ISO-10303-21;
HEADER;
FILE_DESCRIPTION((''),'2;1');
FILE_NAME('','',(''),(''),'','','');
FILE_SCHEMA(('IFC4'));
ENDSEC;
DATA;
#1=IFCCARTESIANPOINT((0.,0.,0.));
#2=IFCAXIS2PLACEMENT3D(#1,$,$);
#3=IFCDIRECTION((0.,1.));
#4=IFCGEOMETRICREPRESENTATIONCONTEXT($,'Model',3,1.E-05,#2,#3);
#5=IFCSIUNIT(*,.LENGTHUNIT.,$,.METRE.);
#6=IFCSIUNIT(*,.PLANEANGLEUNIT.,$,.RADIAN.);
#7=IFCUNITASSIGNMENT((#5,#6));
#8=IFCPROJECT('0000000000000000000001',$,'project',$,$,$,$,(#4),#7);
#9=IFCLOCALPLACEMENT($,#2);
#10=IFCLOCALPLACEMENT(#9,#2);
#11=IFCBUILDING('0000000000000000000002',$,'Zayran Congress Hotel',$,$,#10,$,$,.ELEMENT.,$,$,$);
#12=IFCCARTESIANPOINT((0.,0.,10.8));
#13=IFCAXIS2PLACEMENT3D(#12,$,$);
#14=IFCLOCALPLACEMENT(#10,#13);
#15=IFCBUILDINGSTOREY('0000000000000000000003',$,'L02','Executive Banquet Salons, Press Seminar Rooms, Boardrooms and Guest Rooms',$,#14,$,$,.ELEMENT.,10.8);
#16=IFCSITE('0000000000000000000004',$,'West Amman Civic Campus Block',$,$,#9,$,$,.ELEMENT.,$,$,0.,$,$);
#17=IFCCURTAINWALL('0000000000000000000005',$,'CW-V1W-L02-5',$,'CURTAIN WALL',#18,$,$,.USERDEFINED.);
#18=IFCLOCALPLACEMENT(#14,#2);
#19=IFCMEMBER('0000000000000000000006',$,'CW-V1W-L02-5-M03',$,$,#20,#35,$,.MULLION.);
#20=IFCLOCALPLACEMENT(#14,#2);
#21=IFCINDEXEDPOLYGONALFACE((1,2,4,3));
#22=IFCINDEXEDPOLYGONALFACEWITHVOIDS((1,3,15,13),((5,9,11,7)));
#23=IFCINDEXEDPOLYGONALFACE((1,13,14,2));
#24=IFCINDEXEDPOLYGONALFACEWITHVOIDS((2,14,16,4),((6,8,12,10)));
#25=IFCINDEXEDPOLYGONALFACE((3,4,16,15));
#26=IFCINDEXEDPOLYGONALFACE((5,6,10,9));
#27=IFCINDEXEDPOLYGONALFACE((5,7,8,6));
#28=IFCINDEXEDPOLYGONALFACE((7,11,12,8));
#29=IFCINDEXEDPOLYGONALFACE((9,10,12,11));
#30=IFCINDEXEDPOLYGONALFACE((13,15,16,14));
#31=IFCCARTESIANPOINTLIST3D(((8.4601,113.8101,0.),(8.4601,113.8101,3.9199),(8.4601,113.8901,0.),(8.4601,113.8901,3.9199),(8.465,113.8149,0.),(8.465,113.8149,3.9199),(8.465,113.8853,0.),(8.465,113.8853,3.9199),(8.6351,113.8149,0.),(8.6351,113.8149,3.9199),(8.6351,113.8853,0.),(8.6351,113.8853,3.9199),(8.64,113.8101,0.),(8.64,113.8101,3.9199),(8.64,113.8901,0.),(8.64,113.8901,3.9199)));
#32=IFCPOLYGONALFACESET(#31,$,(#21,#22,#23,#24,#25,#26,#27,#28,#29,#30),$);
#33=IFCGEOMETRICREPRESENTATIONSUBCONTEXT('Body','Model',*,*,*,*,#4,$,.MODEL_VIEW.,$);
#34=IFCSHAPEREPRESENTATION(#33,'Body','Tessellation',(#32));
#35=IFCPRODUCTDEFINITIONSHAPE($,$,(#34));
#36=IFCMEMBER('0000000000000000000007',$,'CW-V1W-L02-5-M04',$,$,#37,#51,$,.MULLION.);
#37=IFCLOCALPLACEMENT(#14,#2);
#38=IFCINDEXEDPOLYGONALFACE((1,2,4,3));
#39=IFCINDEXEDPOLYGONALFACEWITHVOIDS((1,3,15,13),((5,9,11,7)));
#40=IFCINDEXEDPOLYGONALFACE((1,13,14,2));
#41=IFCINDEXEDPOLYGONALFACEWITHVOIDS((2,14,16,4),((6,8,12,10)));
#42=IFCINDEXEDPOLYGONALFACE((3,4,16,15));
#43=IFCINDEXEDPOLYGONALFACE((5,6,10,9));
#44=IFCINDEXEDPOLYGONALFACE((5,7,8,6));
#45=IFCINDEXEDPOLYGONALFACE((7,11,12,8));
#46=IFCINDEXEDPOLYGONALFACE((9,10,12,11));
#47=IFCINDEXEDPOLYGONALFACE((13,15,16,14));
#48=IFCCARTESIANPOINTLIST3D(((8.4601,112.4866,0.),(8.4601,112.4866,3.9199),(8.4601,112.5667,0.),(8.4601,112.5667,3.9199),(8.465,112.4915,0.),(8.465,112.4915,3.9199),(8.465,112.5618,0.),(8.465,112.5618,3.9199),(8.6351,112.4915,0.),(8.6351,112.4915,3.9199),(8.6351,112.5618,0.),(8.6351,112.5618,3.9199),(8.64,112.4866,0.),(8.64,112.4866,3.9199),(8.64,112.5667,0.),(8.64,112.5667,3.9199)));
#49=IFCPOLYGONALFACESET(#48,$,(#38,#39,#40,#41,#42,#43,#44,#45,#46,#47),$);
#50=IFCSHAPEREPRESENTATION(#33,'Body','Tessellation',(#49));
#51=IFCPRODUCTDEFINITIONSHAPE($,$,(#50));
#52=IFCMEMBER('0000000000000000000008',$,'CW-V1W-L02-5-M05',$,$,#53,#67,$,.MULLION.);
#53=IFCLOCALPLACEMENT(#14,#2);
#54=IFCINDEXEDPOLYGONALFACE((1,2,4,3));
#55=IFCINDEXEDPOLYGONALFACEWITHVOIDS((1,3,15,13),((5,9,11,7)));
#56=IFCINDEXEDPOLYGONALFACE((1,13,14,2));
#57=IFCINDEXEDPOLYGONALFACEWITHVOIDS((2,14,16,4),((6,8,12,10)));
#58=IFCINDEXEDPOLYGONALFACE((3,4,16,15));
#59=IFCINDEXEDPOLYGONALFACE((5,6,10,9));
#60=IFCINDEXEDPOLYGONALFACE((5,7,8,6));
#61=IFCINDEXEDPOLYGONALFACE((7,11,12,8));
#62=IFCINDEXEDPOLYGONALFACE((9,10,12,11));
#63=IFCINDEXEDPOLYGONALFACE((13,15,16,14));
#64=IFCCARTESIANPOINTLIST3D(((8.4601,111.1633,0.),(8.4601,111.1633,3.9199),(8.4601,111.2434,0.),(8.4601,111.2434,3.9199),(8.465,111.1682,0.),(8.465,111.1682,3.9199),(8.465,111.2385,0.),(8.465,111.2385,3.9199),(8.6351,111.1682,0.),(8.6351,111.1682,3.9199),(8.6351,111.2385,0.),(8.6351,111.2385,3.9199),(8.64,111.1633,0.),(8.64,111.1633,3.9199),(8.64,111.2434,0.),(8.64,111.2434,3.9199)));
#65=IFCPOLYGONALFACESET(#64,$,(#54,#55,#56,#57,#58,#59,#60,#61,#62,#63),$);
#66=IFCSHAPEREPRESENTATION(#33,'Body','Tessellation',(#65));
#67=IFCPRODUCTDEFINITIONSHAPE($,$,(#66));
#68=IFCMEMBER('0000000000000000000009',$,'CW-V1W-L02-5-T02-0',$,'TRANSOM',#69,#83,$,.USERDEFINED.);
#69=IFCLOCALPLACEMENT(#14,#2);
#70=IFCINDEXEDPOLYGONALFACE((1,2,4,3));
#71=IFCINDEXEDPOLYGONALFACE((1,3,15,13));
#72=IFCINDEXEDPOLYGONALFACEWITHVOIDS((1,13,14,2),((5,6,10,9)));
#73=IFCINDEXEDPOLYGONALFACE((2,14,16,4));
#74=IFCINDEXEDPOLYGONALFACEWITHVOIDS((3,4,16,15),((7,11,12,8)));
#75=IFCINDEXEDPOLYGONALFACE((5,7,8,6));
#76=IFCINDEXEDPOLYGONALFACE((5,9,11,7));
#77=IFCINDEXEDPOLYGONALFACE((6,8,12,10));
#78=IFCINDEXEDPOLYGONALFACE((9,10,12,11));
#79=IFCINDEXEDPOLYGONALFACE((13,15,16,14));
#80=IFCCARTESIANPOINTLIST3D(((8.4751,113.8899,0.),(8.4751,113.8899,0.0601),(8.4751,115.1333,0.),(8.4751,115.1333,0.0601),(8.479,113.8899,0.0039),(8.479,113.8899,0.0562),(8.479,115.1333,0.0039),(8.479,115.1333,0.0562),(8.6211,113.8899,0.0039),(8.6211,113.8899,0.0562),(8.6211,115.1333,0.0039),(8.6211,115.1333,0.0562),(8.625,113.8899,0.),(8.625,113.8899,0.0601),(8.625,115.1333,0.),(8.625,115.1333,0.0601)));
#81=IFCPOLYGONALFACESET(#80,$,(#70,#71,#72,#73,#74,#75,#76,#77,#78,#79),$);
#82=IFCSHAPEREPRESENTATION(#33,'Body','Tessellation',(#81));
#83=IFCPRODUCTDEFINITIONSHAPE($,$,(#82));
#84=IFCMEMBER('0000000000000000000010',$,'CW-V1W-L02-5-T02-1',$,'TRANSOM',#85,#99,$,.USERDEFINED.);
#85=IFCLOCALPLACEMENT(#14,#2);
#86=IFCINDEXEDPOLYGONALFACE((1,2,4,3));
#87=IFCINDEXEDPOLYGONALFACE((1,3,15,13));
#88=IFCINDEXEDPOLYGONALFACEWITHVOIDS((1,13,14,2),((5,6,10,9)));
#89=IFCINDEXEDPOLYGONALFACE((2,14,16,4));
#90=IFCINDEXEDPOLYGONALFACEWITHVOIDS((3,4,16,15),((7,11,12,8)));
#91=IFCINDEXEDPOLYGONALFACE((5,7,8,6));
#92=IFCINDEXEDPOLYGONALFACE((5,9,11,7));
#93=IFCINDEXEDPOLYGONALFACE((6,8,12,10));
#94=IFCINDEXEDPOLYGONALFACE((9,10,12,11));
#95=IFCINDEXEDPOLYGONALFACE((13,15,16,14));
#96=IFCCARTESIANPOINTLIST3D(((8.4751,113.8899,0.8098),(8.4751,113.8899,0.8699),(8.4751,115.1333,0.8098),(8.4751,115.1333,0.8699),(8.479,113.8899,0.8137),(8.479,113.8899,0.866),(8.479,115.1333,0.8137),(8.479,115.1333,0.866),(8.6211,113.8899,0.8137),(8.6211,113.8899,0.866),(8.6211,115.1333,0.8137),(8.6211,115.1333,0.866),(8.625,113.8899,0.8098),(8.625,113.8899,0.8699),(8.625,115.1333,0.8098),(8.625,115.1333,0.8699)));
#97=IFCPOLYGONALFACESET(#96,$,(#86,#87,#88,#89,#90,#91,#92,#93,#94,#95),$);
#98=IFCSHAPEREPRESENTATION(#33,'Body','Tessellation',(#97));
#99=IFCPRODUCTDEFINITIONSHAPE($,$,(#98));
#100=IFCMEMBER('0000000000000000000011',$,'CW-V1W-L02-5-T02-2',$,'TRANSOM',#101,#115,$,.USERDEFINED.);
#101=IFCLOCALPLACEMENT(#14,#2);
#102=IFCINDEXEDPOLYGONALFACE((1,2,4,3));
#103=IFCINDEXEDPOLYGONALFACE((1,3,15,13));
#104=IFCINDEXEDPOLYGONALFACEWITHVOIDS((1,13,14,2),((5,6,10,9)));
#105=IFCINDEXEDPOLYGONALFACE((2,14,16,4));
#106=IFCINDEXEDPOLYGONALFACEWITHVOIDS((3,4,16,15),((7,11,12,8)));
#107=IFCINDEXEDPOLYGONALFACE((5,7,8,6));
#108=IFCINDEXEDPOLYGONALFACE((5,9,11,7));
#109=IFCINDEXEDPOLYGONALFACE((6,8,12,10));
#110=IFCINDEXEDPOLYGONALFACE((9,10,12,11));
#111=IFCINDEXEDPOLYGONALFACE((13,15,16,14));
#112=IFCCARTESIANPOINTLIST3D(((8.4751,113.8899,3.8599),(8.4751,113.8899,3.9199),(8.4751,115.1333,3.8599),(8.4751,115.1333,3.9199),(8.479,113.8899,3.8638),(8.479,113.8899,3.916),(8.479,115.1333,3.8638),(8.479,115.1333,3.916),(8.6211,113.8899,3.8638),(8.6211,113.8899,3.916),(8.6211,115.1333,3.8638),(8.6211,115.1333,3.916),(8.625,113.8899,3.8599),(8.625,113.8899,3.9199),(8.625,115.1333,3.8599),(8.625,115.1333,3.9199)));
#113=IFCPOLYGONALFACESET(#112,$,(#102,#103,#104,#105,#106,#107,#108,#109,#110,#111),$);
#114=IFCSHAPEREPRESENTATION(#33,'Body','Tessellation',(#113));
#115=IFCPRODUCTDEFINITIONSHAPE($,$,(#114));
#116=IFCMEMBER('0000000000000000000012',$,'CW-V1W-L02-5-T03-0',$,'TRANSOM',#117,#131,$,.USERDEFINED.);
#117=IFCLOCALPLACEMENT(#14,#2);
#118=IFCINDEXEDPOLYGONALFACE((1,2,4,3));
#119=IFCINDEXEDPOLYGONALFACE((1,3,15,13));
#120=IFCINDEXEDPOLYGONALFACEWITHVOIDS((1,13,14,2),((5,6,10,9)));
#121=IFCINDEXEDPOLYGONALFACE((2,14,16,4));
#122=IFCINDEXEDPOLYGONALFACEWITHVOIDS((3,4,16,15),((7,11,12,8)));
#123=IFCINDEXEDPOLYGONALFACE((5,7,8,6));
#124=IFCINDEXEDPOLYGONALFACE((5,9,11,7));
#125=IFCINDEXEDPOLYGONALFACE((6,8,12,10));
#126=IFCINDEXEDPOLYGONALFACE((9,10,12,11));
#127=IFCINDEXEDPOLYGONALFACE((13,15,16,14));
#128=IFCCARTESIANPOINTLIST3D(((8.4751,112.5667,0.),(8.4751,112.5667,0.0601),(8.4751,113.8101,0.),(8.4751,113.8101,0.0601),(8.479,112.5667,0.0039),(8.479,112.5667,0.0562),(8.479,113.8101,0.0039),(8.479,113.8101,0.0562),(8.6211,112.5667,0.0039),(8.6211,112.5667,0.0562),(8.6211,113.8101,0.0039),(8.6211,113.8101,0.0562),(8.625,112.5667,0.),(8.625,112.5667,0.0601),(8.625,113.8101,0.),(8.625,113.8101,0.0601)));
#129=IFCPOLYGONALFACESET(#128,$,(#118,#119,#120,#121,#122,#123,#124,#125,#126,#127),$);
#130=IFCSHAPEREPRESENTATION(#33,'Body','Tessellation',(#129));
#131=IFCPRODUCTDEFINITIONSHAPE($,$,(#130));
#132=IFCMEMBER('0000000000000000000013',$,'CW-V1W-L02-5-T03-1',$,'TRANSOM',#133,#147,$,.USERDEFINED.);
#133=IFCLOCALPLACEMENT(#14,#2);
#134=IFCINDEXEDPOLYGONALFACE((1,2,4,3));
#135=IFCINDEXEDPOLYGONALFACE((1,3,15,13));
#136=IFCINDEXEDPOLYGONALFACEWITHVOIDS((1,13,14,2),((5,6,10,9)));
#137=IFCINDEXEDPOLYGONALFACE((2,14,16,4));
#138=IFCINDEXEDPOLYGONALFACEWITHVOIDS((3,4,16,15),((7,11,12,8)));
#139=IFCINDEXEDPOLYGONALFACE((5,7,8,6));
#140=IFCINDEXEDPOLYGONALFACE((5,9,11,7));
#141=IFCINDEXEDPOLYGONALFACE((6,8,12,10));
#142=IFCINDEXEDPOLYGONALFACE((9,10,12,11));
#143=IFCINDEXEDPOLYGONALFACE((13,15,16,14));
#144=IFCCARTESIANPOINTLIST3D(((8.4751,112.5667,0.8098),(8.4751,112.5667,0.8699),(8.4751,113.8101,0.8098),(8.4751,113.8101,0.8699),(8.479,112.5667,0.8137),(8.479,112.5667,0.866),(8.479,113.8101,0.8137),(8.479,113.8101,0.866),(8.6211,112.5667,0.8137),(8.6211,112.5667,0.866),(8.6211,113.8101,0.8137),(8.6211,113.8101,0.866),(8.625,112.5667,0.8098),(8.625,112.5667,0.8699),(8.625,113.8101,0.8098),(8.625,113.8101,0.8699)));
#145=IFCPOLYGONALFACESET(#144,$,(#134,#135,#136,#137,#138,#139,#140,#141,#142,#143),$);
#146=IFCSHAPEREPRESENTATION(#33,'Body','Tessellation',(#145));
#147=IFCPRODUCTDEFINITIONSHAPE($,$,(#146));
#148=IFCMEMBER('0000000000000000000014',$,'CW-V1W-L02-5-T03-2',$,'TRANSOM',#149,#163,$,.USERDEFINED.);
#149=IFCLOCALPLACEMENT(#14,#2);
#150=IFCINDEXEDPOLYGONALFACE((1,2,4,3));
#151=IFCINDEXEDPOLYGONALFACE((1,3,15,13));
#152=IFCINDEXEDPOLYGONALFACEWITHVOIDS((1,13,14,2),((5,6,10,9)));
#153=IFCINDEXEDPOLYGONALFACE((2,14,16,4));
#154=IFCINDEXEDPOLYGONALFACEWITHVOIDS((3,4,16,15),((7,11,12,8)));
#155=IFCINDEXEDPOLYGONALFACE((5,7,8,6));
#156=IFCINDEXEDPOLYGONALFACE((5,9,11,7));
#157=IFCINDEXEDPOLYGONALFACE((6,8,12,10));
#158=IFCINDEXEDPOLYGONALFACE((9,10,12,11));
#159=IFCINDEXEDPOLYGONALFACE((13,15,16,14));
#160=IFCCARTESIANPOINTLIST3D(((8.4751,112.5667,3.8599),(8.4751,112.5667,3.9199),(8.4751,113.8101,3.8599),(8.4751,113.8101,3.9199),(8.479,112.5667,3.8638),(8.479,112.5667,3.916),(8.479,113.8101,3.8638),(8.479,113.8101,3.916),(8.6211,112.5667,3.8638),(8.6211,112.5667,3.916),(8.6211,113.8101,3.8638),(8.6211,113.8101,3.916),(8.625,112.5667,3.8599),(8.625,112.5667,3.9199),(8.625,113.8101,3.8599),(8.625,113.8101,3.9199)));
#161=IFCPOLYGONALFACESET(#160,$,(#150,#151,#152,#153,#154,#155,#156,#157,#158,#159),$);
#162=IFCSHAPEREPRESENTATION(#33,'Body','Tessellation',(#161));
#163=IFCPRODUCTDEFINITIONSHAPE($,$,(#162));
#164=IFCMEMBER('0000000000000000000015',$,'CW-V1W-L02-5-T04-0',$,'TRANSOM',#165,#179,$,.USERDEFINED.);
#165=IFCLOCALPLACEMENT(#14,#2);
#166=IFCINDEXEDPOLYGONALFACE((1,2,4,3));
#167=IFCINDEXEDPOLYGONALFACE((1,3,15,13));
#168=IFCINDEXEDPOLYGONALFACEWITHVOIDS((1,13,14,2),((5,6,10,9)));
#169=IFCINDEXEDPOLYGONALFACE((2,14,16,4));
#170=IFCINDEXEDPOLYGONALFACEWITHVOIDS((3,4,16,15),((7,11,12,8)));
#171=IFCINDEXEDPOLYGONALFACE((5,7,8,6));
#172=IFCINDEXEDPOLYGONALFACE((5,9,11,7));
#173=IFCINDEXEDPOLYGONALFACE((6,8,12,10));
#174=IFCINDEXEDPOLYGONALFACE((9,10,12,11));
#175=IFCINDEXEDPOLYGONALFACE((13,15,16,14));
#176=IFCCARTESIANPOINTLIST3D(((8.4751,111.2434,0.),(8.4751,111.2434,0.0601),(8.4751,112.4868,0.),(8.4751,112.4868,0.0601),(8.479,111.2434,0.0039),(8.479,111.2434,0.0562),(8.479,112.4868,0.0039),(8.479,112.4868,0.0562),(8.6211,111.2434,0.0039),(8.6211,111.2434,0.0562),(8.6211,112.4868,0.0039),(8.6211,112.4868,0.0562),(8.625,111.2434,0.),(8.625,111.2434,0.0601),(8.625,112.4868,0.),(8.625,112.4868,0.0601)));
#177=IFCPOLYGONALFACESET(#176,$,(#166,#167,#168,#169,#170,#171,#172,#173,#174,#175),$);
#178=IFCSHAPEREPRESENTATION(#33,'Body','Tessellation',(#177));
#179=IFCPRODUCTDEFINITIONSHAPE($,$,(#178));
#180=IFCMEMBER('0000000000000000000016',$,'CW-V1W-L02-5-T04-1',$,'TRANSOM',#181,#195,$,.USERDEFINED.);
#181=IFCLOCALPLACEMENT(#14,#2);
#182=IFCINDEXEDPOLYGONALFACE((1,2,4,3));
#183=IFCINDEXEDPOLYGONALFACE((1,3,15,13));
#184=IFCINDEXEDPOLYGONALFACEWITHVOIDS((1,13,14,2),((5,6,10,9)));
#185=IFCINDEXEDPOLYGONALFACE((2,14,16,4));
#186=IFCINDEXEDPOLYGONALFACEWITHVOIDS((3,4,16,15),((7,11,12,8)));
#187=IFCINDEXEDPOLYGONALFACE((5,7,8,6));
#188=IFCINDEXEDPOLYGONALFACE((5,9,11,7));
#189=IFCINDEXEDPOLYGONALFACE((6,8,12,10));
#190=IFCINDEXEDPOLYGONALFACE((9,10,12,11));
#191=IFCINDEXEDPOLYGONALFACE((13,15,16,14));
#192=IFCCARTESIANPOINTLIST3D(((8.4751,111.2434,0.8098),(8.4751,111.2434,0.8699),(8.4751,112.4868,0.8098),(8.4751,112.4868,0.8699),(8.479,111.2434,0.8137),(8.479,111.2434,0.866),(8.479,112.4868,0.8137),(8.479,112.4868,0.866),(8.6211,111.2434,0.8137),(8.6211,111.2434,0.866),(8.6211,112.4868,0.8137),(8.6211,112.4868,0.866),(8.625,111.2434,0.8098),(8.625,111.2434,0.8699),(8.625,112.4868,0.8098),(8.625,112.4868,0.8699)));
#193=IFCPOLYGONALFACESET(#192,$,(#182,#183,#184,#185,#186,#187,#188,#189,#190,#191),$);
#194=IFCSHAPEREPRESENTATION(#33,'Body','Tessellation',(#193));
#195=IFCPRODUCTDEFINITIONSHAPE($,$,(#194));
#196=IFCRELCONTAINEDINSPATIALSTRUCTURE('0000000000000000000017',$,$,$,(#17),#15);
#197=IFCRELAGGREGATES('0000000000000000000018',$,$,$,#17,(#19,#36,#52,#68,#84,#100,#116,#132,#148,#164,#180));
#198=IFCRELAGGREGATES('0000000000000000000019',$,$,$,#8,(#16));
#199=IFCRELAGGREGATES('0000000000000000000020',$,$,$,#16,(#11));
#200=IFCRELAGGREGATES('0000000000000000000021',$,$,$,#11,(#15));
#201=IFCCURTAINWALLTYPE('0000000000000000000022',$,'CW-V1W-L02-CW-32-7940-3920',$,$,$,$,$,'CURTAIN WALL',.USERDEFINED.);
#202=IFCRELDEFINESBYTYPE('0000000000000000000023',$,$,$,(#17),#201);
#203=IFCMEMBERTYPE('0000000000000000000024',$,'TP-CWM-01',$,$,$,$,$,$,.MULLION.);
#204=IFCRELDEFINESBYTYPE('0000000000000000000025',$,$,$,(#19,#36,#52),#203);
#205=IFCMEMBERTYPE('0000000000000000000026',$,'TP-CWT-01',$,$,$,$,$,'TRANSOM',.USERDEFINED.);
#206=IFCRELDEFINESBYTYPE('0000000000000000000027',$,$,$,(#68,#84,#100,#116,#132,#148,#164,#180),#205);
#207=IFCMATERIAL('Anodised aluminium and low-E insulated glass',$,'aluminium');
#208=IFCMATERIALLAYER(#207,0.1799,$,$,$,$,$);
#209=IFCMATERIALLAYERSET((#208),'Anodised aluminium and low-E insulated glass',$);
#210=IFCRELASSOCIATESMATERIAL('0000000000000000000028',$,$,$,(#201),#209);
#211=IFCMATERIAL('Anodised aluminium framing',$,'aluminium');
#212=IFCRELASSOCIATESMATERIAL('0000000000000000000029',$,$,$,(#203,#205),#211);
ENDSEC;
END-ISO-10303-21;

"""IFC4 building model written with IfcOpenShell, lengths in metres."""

from ifc_helpers import new_model, si_unit, direction, frame, origin, origin_2d, place, context, subcontext, project, spatial, hollow_rectangle, extrude, material, layer, layer_set, material_profile, profile_set, type_object, element, aggregate, save


model = new_model("IFC4")

# Units and contexts
model_context = context("Model", 3, precision=1e-05, world=origin(), true_north=direction((0.0, 1.0)))
body_context = subcontext(model_context, "Body", "Model", "MODEL_VIEW")
ifc_project = project(units=[si_unit("LENGTHUNIT", "METRE"), si_unit("PLANEANGLEUNIT", "RADIAN")], contexts=[model_context])

# Site, building, storey
site_placement = place(None, origin())
site = spatial("IfcSite", under=ifc_project, at=site_placement, Name="West Amman Civic Campus Block", CompositionType="ELEMENT", RefElevation=0.0)
building_placement = place(site_placement, origin())
building = spatial("IfcBuilding", under=site, at=building_placement, Name="Zayran Congress Hotel", CompositionType="ELEMENT")
storey_placement = place(building_placement, frame((0.0, 0.0, 10.8)))
storey = spatial("IfcBuildingStorey", under=building, at=storey_placement, Name="L02", Description="Executive Banquet Salons, Press Seminar Rooms, Boardrooms and Guest Rooms", CompositionType="ELEMENT", Elevation=10.8)

# Curtain wall, members
ifc_material_1 = material(Name="Anodised aluminium and low-E insulated glass", Category="aluminium")
ifc_layer_1 = layer(ifc_material_1, 0.1799)
ifc_layer_set_1 = layer_set([ifc_layer_1], Name="Anodised aluminium and low-E insulated glass")
curtain_wall_type = type_object("IfcCurtainWallType", Name="CW-V1W-L02-CW-32-7940-3920", ElementType="CURTAIN WALL", PredefinedType="USERDEFINED", material=ifc_layer_set_1)
curtain_wall_placement = place(storey_placement, origin())
curtain_wall = element("IfcCurtainWall", 1, at=curtain_wall_placement, inside=storey, type_object=curtain_wall_type, Name="CW-V1W-L02-5", ObjectType="CURTAIN WALL", PredefinedType="USERDEFINED")
ifc_material_2 = material(Name="Anodised aluminium framing", Category="aluminium")
ifc_material_profile_1 = material_profile(ifc_material_2, hollow_rectangle(XDim=0.0801, YDim=0.1799, WallThickness=0.0049, at=origin_2d()), Name="RHS 180x80x5")
ifc_profile_set_1 = profile_set([ifc_material_profile_1], Name="Anodised aluminium framing")
member_type_1 = type_object("IfcMemberType", Name="TP-CWM-01", PredefinedType="MULLION", material=ifc_profile_set_1)
member_1_placement = place(storey_placement, frame((8.55, 113.8501, 0.0), z_axis=(0.0, 0.0, 1.0), x_axis=(0.0, 1.0, 0.0)))
member_1 = element("IfcMember", 2, at=member_1_placement, type_object=member_type_1, Name="CW-V1W-L02-5-M03", PredefinedType="MULLION", context=body_context, shape_type="SweptSolid", body=[
    extrude(hollow_rectangle(XDim=0.0801, YDim=0.1799, WallThickness=0.0049, at=origin_2d()), origin(), (0.0, 0.0, 1.0), 3.9199),
])
member_2_placement = place(storey_placement, frame((8.55, 112.5266, 0.0), z_axis=(0.0, 0.0, 1.0), x_axis=(0.0, 1.0, 0.0)))
member_2 = element("IfcMember", 3, at=member_2_placement, type_object=member_type_1, Name="CW-V1W-L02-5-M04", PredefinedType="MULLION", context=body_context, shape_type="SweptSolid", body=[
    extrude(hollow_rectangle(XDim=0.0801, YDim=0.1799, WallThickness=0.0049, at=origin_2d()), origin(), (0.0, 0.0, 1.0), 3.9199),
])
member_3_placement = place(storey_placement, frame((8.55, 111.2034, 0.0), z_axis=(0.0, 0.0, 1.0), x_axis=(0.0, 1.0, 0.0)))
member_3 = element("IfcMember", 4, at=member_3_placement, type_object=member_type_1, Name="CW-V1W-L02-5-M05", PredefinedType="MULLION", context=body_context, shape_type="SweptSolid", body=[
    extrude(hollow_rectangle(XDim=0.0801, YDim=0.1799, WallThickness=0.0049, at=origin_2d()), origin(), (0.0, 0.0, 1.0), 3.9199),
])
ifc_material_profile_2 = material_profile(ifc_material_2, hollow_rectangle(XDim=0.0601, YDim=0.1499, WallThickness=0.0039, at=origin_2d()), Name="RHS 150x60x4")
ifc_profile_set_2 = profile_set([ifc_material_profile_2], Name="Anodised aluminium framing")
member_type_2 = type_object("IfcMemberType", Name="TP-CWT-01", ElementType="TRANSOM", PredefinedType="USERDEFINED", material=ifc_profile_set_2)
member_4_placement = place(storey_placement, frame((8.55, 115.1333, 0.03), z_axis=(0.0, -1.0, 0.0), x_axis=(0.0, 0.0, 1.0)))
member_4 = element("IfcMember", 5, at=member_4_placement, type_object=member_type_2, Name="CW-V1W-L02-5-T02-0", ObjectType="TRANSOM", PredefinedType="USERDEFINED", context=body_context, shape_type="SweptSolid", body=[
    extrude(hollow_rectangle(XDim=0.0601, YDim=0.1499, WallThickness=0.0039, at=origin_2d()), origin(), (0.0, 0.0, 1.0), 1.2434),
])
member_5_placement = place(storey_placement, frame((8.55, 115.1333, 0.8398), z_axis=(0.0, -1.0, 0.0), x_axis=(0.0, 0.0, 1.0)))
member_5 = element("IfcMember", 6, at=member_5_placement, type_object=member_type_2, Name="CW-V1W-L02-5-T02-1", ObjectType="TRANSOM", PredefinedType="USERDEFINED", context=body_context, shape_type="SweptSolid", body=[
    extrude(hollow_rectangle(XDim=0.0601, YDim=0.1499, WallThickness=0.0039, at=origin_2d()), origin(), (0.0, 0.0, 1.0), 1.2434),
])
member_6_placement = place(storey_placement, frame((8.55, 115.1333, 3.8899), z_axis=(0.0, -1.0, 0.0), x_axis=(0.0, 0.0, 1.0)))
member_6 = element("IfcMember", 7, at=member_6_placement, type_object=member_type_2, Name="CW-V1W-L02-5-T02-2", ObjectType="TRANSOM", PredefinedType="USERDEFINED", context=body_context, shape_type="SweptSolid", body=[
    extrude(hollow_rectangle(XDim=0.0601, YDim=0.1499, WallThickness=0.0039, at=origin_2d()), origin(), (0.0, 0.0, 1.0), 1.2434),
])
member_7_placement = place(storey_placement, frame((8.55, 113.8101, 0.03), z_axis=(0.0, -1.0, 0.0), x_axis=(0.0, 0.0, 1.0)))
member_7 = element("IfcMember", 8, at=member_7_placement, type_object=member_type_2, Name="CW-V1W-L02-5-T03-0", ObjectType="TRANSOM", PredefinedType="USERDEFINED", context=body_context, shape_type="SweptSolid", body=[
    extrude(hollow_rectangle(XDim=0.0601, YDim=0.1499, WallThickness=0.0039, at=origin_2d()), origin(), (0.0, 0.0, 1.0), 1.2434),
])
member_8_placement = place(storey_placement, frame((8.55, 113.8101, 0.8398), z_axis=(0.0, -1.0, 0.0), x_axis=(0.0, 0.0, 1.0)))
member_8 = element("IfcMember", 9, at=member_8_placement, type_object=member_type_2, Name="CW-V1W-L02-5-T03-1", ObjectType="TRANSOM", PredefinedType="USERDEFINED", context=body_context, shape_type="SweptSolid", body=[
    extrude(hollow_rectangle(XDim=0.0601, YDim=0.1499, WallThickness=0.0039, at=origin_2d()), origin(), (0.0, 0.0, 1.0), 1.2434),
])
member_9_placement = place(storey_placement, frame((8.55, 113.8101, 3.8899), z_axis=(0.0, -1.0, 0.0), x_axis=(0.0, 0.0, 1.0)))
member_9 = element("IfcMember", 10, at=member_9_placement, type_object=member_type_2, Name="CW-V1W-L02-5-T03-2", ObjectType="TRANSOM", PredefinedType="USERDEFINED", context=body_context, shape_type="SweptSolid", body=[
    extrude(hollow_rectangle(XDim=0.0601, YDim=0.1499, WallThickness=0.0039, at=origin_2d()), origin(), (0.0, 0.0, 1.0), 1.2434),
])
member_10_placement = place(storey_placement, frame((8.55, 112.4868, 0.03), z_axis=(0.0, -1.0, 0.0), x_axis=(0.0, 0.0, 1.0)))
member_10 = element("IfcMember", 11, at=member_10_placement, type_object=member_type_2, Name="CW-V1W-L02-5-T04-0", ObjectType="TRANSOM", PredefinedType="USERDEFINED", context=body_context, shape_type="SweptSolid", body=[
    extrude(hollow_rectangle(XDim=0.0601, YDim=0.1499, WallThickness=0.0039, at=origin_2d()), origin(), (0.0, 0.0, 1.0), 1.2434),
])
member_11_placement = place(storey_placement, frame((8.55, 112.4868, 0.8398), z_axis=(0.0, -1.0, 0.0), x_axis=(0.0, 0.0, 1.0)))
member_11 = element("IfcMember", 12, at=member_11_placement, type_object=member_type_2, Name="CW-V1W-L02-5-T04-1", ObjectType="TRANSOM", PredefinedType="USERDEFINED", context=body_context, shape_type="SweptSolid", body=[
    extrude(hollow_rectangle(XDim=0.0601, YDim=0.1499, WallThickness=0.0039, at=origin_2d()), origin(), (0.0, 0.0, 1.0), 1.2434),
])
aggregate(curtain_wall, [member_1, member_2, member_3, member_4, member_5, member_6, member_7, member_8, member_9, member_10, member_11])

save(model, "model.ifc")
